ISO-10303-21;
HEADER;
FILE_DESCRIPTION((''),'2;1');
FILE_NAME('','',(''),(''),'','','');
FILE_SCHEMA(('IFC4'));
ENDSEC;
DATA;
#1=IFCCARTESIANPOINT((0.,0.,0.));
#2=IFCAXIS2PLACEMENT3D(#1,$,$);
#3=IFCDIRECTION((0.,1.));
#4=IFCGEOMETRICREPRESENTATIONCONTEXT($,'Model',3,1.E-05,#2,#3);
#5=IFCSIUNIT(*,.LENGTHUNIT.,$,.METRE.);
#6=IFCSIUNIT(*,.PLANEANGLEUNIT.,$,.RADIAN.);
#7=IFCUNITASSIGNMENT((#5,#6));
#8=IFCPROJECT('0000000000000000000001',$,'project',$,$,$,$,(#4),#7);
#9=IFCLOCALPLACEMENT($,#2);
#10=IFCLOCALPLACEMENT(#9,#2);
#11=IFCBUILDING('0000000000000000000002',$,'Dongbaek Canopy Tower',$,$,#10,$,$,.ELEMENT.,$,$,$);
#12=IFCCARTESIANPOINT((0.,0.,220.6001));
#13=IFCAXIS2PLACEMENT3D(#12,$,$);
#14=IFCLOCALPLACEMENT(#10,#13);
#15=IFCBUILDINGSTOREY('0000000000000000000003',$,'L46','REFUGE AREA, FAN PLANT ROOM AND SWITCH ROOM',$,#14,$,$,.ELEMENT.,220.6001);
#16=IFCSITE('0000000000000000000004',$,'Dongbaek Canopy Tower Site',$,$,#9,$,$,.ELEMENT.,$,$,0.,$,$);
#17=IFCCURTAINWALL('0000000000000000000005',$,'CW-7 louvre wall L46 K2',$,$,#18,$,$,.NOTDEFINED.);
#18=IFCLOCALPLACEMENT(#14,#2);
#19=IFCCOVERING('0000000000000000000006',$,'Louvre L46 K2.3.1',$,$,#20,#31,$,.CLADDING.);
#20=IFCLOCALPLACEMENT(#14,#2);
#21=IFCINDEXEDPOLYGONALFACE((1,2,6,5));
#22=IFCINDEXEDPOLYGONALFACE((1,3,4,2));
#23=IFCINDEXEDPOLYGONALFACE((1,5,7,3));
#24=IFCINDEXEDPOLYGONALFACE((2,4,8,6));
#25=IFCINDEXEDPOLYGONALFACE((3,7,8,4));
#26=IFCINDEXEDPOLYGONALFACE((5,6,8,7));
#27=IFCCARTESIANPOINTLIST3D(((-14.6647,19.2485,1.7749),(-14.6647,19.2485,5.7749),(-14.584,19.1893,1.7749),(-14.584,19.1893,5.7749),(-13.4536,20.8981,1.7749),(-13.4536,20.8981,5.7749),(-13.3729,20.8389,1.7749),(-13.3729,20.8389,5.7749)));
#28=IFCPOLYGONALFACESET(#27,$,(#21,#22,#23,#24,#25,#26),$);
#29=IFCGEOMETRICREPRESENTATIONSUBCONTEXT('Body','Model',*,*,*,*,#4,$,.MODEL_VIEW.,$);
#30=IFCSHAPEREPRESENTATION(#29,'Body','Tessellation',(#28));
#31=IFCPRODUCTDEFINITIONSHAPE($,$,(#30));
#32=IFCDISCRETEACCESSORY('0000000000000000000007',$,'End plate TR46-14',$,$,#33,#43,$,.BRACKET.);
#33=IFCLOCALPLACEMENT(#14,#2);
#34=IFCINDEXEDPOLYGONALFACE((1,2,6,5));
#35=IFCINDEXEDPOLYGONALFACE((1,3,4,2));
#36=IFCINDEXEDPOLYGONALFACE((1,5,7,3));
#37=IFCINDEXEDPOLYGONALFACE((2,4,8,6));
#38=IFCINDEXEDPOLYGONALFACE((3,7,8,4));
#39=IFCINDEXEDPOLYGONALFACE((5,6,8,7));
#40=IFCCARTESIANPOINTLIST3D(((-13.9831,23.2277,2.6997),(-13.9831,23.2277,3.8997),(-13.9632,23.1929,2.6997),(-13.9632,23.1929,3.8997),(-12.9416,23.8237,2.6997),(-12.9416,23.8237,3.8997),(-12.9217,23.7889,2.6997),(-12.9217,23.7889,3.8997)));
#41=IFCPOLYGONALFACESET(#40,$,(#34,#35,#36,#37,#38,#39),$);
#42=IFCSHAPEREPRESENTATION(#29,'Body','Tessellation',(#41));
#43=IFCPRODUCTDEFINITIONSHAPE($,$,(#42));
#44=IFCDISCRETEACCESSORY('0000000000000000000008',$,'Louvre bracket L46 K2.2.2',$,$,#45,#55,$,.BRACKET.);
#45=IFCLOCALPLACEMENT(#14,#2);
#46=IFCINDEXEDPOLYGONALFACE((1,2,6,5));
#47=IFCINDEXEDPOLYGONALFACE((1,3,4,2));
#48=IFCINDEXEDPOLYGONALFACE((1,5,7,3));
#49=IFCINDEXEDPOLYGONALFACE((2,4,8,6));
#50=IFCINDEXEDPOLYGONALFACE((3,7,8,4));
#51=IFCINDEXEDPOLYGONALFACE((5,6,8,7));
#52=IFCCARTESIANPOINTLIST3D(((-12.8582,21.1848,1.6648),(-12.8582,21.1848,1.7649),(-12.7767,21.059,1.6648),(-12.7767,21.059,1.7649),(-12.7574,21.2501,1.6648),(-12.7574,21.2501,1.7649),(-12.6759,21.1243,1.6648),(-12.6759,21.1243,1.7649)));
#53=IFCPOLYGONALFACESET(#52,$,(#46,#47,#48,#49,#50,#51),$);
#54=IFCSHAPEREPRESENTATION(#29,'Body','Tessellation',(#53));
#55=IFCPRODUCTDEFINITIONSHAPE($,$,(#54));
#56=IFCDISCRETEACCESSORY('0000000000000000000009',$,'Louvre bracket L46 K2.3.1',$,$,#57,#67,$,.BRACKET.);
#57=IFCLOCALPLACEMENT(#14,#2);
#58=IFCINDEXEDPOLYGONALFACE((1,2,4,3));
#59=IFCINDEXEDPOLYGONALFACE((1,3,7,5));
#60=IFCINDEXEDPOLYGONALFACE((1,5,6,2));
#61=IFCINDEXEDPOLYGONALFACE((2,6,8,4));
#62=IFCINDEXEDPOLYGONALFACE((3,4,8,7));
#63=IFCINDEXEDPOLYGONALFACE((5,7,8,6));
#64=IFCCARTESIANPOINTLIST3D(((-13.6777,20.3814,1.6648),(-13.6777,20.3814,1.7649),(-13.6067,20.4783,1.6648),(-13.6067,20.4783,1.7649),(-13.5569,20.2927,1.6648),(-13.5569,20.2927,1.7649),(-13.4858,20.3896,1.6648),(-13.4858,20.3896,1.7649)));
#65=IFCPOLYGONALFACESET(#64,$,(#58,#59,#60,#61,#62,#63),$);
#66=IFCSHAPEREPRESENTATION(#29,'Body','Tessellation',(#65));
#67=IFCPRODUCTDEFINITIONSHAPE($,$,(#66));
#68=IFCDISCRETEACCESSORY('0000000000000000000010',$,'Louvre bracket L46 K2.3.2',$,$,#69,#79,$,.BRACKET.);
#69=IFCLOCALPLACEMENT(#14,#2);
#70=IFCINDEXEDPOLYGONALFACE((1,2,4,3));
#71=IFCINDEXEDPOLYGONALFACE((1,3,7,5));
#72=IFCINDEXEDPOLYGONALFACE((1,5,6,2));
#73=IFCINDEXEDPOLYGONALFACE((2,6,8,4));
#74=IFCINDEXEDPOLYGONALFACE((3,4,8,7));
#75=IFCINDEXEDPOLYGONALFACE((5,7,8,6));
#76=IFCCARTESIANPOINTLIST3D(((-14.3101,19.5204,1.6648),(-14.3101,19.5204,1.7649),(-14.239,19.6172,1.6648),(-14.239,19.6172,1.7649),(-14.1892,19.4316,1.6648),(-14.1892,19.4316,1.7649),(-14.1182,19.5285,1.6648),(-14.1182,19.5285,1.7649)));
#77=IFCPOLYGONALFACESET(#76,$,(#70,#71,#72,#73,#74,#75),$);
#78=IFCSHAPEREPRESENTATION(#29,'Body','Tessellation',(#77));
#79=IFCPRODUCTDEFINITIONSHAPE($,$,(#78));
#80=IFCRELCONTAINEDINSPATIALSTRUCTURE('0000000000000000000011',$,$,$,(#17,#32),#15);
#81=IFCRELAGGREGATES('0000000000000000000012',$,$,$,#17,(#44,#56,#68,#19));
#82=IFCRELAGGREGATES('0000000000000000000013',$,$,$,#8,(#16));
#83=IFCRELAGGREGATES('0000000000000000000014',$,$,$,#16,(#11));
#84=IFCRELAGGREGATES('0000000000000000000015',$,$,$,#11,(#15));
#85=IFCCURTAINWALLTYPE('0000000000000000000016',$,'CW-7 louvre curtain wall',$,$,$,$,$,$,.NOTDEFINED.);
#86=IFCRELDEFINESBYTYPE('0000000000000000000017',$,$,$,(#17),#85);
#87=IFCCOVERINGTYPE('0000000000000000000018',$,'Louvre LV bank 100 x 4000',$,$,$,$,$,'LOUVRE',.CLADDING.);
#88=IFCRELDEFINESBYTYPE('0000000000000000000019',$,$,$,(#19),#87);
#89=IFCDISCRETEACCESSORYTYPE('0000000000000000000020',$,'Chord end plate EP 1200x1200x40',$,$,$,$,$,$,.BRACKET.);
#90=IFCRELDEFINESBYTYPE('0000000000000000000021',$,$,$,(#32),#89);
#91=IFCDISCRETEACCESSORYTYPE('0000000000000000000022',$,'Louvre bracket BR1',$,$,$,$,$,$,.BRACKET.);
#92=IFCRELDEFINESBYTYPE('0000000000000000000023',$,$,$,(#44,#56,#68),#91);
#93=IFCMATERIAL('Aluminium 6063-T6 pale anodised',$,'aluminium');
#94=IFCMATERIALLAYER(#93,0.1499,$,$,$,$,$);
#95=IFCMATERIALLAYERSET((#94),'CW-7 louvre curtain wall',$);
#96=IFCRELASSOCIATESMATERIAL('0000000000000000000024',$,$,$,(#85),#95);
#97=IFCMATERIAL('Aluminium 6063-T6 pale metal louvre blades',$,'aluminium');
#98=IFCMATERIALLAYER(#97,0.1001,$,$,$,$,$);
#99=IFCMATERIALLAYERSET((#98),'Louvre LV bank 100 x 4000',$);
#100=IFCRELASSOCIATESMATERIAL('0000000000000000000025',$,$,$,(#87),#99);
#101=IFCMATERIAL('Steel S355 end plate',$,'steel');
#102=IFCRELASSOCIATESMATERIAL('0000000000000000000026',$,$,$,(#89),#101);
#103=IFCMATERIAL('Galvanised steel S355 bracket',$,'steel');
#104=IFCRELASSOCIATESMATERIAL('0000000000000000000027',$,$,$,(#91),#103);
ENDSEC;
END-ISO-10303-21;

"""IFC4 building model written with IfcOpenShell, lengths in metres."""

from ifc_helpers import new_model, si_unit, direction, frame, origin, origin_2d, place, context, subcontext, project, spatial, rectangle, extrude, material, layer, layer_set, type_object, element, aggregate, save


model = new_model("IFC4")

# Units and contexts
model_context = context("Model", 3, precision=1e-05, world=origin(), true_north=direction((0.0, 1.0)))
body_context = subcontext(model_context, "Body", "Model", "MODEL_VIEW")
ifc_project = project(units=[si_unit("LENGTHUNIT", "METRE"), si_unit("PLANEANGLEUNIT", "RADIAN")], contexts=[model_context])

# Site, building, storey
site_placement = place(None, origin())
site = spatial("IfcSite", under=ifc_project, at=site_placement, Name="Dongbaek Canopy Tower Site", CompositionType="ELEMENT", RefElevation=0.0)
building_placement = place(site_placement, origin())
building = spatial("IfcBuilding", under=site, at=building_placement, Name="Dongbaek Canopy Tower", CompositionType="ELEMENT")
storey_placement = place(building_placement, frame((0.0, 0.0, 220.6001)))
storey = spatial("IfcBuildingStorey", under=building, at=storey_placement, Name="L46", Description="REFUGE AREA, FAN PLANT ROOM AND SWITCH ROOM", CompositionType="ELEMENT", Elevation=220.6001)

# Curtain wall
ifc_material_1 = material(Name="Aluminium 6063-T6 pale anodised", Category="aluminium")
ifc_layer_1 = layer(ifc_material_1, 0.1499)
ifc_layer_set_1 = layer_set([ifc_layer_1], Name="CW-7 louvre curtain wall")
curtain_wall_type = type_object("IfcCurtainWallType", Name="CW-7 louvre curtain wall", PredefinedType="NOTDEFINED", material=ifc_layer_set_1)
curtain_wall_placement = place(storey_placement, origin())
curtain_wall = element("IfcCurtainWall", 1, at=curtain_wall_placement, inside=storey, type_object=curtain_wall_type, Name="CW-7 louvre wall L46 K2", PredefinedType="NOTDEFINED")

# Covering
ifc_material_2 = material(Name="Aluminium 6063-T6 pale metal louvre blades", Category="aluminium")
ifc_layer_2 = layer(ifc_material_2, 0.1001)
ifc_layer_set_2 = layer_set([ifc_layer_2], Name="Louvre LV bank 100 x 4000")
covering_type = type_object("IfcCoveringType", Name="Louvre LV bank 100 x 4000", ElementType="LOUVRE", PredefinedType="CLADDING", material=ifc_layer_set_2)
covering_1_placement = place(storey_placement, frame((-14.0188, 20.0437, 1.7749), z_axis=(0.0, 0.0, 1.0), x_axis=(-0.591813, -0.806075, 0.0)))
covering_1 = element("IfcCovering", 2, at=covering_1_placement, type_object=covering_type, Name="Louvre L46 K2.3.1", PredefinedType="CLADDING", context=body_context, shape_type="SweptSolid", body=[
    extrude(rectangle(XDim=2.0464, YDim=0.1001, at=origin_2d()), origin(), (0.0, 0.0, 1.0), 4.0),
])

# Discrete accessories
ifc_material_3 = material(Name="Steel S355 end plate", Category="steel")
discrete_accessory_type_1 = type_object("IfcDiscreteAccessoryType", Name="Chord end plate EP 1200x1200x40", PredefinedType="BRACKET", material=ifc_material_3)
discrete_accessory_1_placement = place(storey_placement, frame((-13.4524, 23.5083, 2.6997), z_axis=(0.0, 0.0, 1.0), x_axis=(0.496668, -0.867941, 0.0)))
element("IfcDiscreteAccessory", 3, at=discrete_accessory_1_placement, inside=storey, type_object=discrete_accessory_type_1, Name="End plate TR46-14", PredefinedType="BRACKET", context=body_context, shape_type="SweptSolid", body=[
    extrude(rectangle(XDim=0.04, YDim=1.2, at=origin_2d()), origin(), (0.0, 0.0, 1.0), 1.2),
])
ifc_material_4 = material(Name="Galvanised steel S355 bracket", Category="steel")
discrete_accessory_type_2 = type_object("IfcDiscreteAccessoryType", Name="Louvre bracket BR1", PredefinedType="BRACKET", material=ifc_material_4)
discrete_accessory_2_placement = place(storey_placement, frame((-12.7671, 21.1545, 1.6648), z_axis=(0.0, 0.0, 1.0), x_axis=(-0.839256, -0.543736, 0.0)))
discrete_accessory_2 = element("IfcDiscreteAccessory", 4, at=discrete_accessory_2_placement, type_object=discrete_accessory_type_2, Name="Louvre bracket L46 K2.2.2", PredefinedType="BRACKET", context=body_context, shape_type="SweptSolid", body=[
    extrude(rectangle(XDim=0.1201, YDim=0.1499, at=origin_2d()), origin(), (0.0, 0.0, 1.0), 0.1001),
])
discrete_accessory_3_placement = place(storey_placement, frame((-13.5818, 20.3855, 1.6648), z_axis=(0.0, 0.0, 1.0), x_axis=(-0.591813, -0.806075, 0.0)))
discrete_accessory_3 = element("IfcDiscreteAccessory", 5, at=discrete_accessory_3_placement, type_object=discrete_accessory_type_2, Name="Louvre bracket L46 K2.3.1", PredefinedType="BRACKET", context=body_context, shape_type="SweptSolid", body=[
    extrude(rectangle(XDim=0.1201, YDim=0.1499, at=origin_2d()), origin(), (0.0, 0.0, 1.0), 0.1001),
])
discrete_accessory_4_placement = place(storey_placement, frame((-14.2141, 19.5244, 1.6648), z_axis=(0.0, 0.0, 1.0), x_axis=(-0.591813, -0.806075, 0.0)))
discrete_accessory_4 = element("IfcDiscreteAccessory", 6, at=discrete_accessory_4_placement, type_object=discrete_accessory_type_2, Name="Louvre bracket L46 K2.3.2", PredefinedType="BRACKET", context=body_context, shape_type="SweptSolid", body=[
    extrude(rectangle(XDim=0.1201, YDim=0.1499, at=origin_2d()), origin(), (0.0, 0.0, 1.0), 0.1001),
])
aggregate(curtain_wall, [discrete_accessory_2, discrete_accessory_3, discrete_accessory_4, covering_1])

save(model, "model.ifc")
